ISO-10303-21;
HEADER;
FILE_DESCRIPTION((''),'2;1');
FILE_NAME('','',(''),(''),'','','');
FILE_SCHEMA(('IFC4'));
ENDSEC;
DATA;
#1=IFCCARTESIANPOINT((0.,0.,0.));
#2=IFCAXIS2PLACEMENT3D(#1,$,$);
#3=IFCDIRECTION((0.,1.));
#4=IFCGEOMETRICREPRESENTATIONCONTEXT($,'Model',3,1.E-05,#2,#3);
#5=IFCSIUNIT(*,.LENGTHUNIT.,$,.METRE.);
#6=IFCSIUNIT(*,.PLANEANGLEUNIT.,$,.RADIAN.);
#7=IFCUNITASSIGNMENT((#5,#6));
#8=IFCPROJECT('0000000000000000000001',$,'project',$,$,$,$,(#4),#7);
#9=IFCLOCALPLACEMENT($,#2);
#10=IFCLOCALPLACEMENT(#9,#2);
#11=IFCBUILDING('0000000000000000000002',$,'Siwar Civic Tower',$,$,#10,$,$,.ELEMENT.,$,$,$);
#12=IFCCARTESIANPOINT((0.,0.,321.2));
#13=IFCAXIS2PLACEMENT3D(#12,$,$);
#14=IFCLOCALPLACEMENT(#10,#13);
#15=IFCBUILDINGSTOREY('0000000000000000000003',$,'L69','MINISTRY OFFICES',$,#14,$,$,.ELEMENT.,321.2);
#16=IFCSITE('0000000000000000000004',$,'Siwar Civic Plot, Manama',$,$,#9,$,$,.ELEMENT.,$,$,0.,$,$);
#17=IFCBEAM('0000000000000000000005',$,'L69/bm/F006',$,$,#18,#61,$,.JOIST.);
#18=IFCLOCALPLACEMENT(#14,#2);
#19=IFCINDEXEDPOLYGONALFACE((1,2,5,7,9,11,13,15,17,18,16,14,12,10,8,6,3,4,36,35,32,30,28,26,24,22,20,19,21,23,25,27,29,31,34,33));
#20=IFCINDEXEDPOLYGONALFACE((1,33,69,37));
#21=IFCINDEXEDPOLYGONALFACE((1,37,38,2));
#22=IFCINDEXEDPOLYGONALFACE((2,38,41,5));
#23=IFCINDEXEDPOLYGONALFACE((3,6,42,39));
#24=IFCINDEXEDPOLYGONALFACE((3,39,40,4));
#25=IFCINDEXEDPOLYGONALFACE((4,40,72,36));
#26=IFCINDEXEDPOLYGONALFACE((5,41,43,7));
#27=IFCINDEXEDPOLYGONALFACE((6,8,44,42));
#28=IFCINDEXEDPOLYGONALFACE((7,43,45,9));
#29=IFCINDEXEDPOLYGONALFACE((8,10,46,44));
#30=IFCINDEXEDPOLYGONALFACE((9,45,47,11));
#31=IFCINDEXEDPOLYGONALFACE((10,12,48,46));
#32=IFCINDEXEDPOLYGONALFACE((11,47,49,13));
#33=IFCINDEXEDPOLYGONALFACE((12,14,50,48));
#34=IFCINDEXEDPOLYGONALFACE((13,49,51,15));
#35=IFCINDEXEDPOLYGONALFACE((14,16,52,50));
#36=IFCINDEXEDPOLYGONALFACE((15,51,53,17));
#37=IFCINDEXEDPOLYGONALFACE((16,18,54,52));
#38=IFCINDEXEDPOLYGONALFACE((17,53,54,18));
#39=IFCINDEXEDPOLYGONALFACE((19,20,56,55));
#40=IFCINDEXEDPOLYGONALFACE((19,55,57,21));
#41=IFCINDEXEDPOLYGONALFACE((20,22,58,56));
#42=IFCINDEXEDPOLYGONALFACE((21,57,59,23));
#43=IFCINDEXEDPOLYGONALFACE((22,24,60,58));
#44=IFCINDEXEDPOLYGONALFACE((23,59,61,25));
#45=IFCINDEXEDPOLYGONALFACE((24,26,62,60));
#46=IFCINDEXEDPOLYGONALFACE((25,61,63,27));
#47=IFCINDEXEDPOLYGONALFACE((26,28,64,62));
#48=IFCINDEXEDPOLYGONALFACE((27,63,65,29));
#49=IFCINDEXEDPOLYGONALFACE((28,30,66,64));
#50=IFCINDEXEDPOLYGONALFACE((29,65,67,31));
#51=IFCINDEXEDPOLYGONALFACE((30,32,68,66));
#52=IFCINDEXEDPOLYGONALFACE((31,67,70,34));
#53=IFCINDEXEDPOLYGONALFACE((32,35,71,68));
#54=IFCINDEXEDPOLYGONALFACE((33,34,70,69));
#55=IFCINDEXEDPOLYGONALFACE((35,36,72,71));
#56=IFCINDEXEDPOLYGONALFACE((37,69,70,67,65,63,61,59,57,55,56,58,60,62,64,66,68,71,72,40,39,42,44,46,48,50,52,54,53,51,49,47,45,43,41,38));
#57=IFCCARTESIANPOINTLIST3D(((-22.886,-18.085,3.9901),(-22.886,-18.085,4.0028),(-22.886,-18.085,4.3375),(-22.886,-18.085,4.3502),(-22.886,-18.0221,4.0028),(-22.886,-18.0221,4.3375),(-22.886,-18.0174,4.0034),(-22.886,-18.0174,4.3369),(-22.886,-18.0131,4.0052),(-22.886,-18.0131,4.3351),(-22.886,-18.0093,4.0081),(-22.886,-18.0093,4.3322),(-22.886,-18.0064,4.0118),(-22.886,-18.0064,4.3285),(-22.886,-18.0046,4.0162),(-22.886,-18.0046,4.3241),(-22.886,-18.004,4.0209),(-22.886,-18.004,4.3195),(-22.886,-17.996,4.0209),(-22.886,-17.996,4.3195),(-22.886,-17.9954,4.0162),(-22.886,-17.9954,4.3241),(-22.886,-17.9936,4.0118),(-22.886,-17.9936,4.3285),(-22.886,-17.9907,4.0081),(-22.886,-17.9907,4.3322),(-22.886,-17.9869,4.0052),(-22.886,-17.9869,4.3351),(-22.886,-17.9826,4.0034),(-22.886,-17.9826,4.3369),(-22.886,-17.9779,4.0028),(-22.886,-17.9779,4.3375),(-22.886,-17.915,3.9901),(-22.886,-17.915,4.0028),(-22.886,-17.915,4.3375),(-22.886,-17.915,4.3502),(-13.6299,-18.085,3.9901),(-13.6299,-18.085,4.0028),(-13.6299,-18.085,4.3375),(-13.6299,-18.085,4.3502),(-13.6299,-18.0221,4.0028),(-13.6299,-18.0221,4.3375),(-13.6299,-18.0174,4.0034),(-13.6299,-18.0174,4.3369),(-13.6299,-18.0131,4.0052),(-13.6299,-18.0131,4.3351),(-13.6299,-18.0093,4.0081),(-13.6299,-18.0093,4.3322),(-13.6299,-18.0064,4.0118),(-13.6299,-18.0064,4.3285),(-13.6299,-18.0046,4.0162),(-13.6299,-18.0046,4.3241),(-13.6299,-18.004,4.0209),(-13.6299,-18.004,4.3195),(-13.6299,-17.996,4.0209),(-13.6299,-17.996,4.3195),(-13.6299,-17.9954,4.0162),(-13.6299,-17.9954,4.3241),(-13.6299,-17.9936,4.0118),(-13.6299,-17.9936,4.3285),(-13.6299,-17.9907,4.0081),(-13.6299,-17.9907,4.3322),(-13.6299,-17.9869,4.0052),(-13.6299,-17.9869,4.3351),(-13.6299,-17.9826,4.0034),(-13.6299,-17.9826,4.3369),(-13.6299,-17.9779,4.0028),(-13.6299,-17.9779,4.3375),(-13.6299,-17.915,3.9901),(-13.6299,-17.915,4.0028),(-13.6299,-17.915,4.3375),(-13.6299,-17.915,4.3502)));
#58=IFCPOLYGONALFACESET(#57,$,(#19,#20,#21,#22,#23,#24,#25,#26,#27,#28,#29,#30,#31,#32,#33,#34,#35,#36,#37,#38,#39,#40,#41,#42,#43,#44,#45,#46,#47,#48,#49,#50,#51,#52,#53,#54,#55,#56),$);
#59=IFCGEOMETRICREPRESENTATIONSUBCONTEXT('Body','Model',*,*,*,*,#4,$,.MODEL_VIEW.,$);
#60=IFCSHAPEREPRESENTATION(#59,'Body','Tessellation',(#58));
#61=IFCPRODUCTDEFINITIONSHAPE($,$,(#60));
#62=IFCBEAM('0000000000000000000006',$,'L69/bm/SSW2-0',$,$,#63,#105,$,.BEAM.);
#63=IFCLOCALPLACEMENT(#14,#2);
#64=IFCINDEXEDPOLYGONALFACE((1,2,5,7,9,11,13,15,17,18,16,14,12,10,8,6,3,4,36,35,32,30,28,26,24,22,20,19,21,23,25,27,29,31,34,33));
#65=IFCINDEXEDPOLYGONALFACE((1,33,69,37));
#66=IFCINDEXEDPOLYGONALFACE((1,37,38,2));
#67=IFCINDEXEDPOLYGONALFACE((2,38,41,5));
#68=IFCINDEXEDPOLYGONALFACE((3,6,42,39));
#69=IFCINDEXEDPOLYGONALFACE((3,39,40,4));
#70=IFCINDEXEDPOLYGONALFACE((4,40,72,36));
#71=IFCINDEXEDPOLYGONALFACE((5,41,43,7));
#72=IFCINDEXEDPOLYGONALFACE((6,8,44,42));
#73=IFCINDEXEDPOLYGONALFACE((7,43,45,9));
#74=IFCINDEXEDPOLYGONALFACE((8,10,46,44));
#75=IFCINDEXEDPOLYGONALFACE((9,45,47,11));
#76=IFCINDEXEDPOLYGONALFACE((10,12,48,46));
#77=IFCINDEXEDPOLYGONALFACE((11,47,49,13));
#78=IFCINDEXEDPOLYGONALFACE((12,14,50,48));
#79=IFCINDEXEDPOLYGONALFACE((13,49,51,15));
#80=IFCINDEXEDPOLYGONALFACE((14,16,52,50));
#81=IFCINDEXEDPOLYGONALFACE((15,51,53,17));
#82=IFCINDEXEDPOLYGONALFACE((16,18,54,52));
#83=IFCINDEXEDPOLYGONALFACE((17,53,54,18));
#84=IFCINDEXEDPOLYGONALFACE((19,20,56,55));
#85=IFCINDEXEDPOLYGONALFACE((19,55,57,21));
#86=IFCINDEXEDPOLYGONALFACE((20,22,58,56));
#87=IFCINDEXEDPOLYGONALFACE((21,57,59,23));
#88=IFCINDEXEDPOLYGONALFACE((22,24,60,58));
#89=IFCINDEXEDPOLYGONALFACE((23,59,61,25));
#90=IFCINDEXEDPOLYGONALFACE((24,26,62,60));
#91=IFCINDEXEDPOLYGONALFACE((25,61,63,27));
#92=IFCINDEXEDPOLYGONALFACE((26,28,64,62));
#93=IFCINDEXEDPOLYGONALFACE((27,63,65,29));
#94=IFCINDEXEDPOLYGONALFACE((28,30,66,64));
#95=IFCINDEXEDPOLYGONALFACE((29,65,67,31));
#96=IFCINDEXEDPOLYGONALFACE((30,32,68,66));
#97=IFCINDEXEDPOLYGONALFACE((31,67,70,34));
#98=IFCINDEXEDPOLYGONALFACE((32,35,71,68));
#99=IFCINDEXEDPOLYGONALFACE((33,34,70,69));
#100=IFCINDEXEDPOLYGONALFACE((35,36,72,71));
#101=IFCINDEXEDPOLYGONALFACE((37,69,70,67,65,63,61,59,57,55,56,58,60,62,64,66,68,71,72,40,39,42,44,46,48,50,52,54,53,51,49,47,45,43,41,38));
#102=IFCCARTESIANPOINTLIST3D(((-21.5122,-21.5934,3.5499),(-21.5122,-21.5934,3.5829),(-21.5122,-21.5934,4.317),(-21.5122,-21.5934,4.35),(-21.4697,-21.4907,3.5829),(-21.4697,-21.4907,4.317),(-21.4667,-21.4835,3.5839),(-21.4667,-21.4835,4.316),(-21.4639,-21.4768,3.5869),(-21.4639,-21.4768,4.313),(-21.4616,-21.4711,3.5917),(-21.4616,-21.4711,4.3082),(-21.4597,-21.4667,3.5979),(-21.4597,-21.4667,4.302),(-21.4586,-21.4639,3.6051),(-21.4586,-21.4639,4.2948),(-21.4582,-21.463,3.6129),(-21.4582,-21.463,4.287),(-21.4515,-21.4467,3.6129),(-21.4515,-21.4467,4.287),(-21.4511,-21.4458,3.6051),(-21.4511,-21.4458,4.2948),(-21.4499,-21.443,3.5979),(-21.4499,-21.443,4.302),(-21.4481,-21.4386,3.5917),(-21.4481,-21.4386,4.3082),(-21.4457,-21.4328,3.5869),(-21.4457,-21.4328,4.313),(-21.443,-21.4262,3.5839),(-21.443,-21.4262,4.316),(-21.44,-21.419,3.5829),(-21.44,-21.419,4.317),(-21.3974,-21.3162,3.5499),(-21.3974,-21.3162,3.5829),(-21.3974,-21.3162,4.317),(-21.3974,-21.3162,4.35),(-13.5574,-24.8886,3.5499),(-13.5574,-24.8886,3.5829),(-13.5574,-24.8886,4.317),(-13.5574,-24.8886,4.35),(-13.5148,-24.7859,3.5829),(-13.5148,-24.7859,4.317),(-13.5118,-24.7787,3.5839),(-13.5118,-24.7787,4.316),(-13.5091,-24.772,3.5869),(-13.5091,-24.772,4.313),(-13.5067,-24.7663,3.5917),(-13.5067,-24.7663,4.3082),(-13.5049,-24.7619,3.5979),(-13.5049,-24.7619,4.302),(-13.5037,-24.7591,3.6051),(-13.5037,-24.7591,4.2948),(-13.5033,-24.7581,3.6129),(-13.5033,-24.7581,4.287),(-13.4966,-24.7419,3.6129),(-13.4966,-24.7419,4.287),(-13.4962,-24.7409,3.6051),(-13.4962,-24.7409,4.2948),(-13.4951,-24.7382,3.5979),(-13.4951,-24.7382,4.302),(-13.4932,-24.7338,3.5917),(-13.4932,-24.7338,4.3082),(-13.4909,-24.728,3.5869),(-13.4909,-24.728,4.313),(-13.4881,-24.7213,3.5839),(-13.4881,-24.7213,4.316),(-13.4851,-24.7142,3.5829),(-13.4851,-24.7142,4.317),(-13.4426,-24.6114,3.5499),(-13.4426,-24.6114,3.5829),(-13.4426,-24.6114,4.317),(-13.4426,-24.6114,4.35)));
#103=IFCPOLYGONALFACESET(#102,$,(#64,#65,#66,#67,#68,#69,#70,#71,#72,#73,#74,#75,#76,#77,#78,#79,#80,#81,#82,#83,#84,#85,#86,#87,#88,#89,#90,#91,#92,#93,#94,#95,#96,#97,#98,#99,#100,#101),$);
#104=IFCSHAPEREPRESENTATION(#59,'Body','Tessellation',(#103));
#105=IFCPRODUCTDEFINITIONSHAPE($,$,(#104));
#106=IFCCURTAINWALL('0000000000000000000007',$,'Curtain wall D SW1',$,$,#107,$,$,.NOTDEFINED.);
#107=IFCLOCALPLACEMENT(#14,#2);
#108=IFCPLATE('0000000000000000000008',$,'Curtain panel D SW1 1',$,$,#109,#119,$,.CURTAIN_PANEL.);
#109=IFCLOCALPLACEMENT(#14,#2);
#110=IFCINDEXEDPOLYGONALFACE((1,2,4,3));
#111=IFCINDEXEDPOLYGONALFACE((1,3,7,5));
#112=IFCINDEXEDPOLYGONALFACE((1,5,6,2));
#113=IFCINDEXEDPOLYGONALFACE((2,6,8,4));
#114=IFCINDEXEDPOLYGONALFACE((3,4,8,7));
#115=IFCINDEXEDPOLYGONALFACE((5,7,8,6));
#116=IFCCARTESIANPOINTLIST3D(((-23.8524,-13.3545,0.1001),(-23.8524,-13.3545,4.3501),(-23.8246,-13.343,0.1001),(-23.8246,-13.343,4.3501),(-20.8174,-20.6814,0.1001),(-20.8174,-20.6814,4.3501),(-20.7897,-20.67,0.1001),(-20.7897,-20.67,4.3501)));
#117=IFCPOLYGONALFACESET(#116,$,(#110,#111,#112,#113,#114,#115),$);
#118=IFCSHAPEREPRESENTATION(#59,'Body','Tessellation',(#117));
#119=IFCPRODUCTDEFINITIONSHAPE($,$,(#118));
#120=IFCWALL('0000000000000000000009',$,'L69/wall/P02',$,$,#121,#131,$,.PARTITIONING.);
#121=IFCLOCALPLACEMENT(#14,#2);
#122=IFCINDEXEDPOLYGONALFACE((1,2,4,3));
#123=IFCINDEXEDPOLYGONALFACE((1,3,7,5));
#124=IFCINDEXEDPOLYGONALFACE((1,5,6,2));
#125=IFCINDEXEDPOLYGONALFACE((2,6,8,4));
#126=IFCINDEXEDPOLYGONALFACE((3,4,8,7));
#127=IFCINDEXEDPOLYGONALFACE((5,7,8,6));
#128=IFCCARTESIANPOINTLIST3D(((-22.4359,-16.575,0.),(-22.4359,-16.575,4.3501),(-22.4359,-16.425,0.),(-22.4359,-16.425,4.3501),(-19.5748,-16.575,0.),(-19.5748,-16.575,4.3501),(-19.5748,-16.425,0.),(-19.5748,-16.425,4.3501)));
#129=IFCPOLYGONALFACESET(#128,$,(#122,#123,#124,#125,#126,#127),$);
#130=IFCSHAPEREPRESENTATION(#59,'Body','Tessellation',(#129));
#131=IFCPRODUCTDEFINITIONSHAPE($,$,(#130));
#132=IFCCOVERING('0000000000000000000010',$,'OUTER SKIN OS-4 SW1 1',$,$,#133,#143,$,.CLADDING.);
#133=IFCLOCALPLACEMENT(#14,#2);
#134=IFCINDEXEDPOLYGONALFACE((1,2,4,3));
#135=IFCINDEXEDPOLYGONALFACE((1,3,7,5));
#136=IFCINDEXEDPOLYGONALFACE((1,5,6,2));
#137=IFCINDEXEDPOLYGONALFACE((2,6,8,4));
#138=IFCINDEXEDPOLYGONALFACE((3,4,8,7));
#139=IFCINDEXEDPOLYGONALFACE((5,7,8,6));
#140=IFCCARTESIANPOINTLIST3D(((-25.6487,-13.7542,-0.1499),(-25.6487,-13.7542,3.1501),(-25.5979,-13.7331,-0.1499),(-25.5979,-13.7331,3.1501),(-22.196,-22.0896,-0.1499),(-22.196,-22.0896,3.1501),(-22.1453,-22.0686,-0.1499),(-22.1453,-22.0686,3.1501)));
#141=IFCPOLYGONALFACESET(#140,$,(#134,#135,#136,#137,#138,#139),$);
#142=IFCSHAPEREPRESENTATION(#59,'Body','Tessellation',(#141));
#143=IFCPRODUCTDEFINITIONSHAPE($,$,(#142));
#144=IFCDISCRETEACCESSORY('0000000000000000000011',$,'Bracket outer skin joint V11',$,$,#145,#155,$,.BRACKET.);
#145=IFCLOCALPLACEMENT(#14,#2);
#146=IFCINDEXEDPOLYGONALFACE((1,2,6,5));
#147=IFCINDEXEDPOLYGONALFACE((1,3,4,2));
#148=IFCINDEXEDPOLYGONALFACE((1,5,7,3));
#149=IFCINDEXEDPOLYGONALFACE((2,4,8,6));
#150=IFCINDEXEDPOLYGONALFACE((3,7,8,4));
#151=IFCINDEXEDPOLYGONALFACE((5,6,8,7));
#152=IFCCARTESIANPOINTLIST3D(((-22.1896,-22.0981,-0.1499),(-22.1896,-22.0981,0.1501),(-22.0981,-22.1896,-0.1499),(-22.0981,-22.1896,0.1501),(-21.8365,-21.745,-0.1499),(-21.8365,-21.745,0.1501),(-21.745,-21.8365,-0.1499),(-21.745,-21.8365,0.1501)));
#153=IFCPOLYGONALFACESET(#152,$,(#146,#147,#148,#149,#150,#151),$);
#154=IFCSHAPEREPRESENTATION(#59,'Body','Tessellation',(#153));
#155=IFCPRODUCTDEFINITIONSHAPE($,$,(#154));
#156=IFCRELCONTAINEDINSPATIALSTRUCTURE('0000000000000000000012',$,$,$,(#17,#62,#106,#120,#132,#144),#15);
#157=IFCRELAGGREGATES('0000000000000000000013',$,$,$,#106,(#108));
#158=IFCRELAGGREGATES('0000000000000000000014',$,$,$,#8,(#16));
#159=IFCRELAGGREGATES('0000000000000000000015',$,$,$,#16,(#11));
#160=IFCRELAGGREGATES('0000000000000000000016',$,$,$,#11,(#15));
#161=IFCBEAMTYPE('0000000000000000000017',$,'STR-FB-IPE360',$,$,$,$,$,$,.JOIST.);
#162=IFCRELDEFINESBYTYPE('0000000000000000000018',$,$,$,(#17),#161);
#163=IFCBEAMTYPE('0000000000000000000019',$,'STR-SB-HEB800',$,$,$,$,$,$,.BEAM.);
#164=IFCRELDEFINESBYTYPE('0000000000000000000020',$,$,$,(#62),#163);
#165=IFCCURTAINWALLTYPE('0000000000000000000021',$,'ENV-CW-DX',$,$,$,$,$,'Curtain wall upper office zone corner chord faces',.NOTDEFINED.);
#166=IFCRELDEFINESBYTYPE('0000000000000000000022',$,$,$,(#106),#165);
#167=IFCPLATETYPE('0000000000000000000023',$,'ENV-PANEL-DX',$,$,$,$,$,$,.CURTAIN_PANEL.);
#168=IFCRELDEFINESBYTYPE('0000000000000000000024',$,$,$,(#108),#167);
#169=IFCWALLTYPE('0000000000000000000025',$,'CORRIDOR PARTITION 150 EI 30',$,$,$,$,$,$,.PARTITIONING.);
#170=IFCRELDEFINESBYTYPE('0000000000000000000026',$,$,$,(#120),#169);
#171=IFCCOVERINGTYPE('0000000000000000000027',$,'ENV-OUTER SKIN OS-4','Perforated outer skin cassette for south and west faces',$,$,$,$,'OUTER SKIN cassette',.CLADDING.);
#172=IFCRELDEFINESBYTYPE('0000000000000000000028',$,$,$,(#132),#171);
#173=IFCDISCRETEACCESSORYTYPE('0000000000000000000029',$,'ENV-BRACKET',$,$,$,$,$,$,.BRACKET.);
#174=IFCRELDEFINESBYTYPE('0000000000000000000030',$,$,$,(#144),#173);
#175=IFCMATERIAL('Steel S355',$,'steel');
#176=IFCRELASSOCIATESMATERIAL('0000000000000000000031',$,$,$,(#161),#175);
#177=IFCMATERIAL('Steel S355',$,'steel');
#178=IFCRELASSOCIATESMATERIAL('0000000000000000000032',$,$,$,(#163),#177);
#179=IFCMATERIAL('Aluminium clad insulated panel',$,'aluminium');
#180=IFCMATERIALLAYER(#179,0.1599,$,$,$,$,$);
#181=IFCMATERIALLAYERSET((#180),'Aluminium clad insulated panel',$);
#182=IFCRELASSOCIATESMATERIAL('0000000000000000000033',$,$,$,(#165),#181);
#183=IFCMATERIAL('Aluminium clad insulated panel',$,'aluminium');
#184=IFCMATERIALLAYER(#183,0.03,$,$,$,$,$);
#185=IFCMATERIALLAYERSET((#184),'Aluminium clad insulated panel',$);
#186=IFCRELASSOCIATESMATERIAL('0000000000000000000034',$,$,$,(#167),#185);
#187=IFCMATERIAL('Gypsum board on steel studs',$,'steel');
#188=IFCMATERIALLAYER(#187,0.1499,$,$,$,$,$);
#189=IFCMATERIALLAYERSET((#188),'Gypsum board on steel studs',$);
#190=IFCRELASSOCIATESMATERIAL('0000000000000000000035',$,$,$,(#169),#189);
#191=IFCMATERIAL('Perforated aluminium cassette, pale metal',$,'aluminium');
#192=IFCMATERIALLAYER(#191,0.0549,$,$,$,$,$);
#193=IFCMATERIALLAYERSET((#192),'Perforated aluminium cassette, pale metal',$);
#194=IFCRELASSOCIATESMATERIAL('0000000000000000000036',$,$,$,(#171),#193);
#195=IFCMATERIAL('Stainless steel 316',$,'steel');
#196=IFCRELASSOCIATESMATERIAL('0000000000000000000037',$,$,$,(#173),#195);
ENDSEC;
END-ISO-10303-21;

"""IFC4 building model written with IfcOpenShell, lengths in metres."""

from ifc_helpers import new_model, si_unit, direction, frame, frame_2d, origin, origin_2d, place, context, subcontext, project, spatial, rectangle, i_section, extrude, material, layer, layer_set, material_profile, profile_set, type_object, element, aggregate, save


model = new_model("IFC4")

# Units and contexts
model_context = context("Model", 3, precision=1e-05, world=origin(), true_north=direction((0.0, 1.0)))
body_context = subcontext(model_context, "Body", "Model", "MODEL_VIEW")
ifc_project = project(units=[si_unit("LENGTHUNIT", "METRE"), si_unit("PLANEANGLEUNIT", "RADIAN")], contexts=[model_context])

# Site, building, storey
site_placement = place(None, origin())
site = spatial("IfcSite", under=ifc_project, at=site_placement, Name="Siwar Civic Plot, Manama", CompositionType="ELEMENT", RefElevation=0.0)
building_placement = place(site_placement, origin())
building = spatial("IfcBuilding", under=site, at=building_placement, Name="Siwar Civic Tower", CompositionType="ELEMENT")
storey_placement = place(building_placement, frame((0.0, 0.0, 321.2)))
storey = spatial("IfcBuildingStorey", under=building, at=storey_placement, Name="L69", Description="MINISTRY OFFICES", CompositionType="ELEMENT", Elevation=321.2)

# Beams
ifc_material_1 = material(Name="Steel S355", Category="steel")
ifc_material_profile_1 = material_profile(ifc_material_1, i_section(OverallWidth=0.1699, OverallDepth=0.3601, WebThickness=0.0081, FlangeThickness=0.0127, FilletRadius=0.0181, at=origin_2d()), Name="IPE360")
ifc_profile_set_1 = profile_set([ifc_material_profile_1], Name="Steel S355")
beam_type_1 = type_object("IfcBeamType", Name="STR-FB-IPE360", PredefinedType="JOIST", material=ifc_profile_set_1)
beam_1_placement = place(storey_placement, frame((-22.886, -18.0, 4.1702), z_axis=(1.0, 0.0, 0.0), x_axis=(0.0, 1.0, 0.0)))
element("IfcBeam", 1, at=beam_1_placement, inside=storey, type_object=beam_type_1, Name="L69/bm/F006", PredefinedType="JOIST", context=body_context, shape_type="SweptSolid", body=[
    extrude(i_section(OverallWidth=0.1699, OverallDepth=0.3601, WebThickness=0.0081, FlangeThickness=0.0127, FilletRadius=0.0181, at=origin_2d()), origin(), (0.0, 0.0, 1.0), 9.2561),
])
ifc_material_2 = material(Name="Steel S355", Category="steel")
ifc_material_profile_2 = material_profile(ifc_material_2, i_section(OverallWidth=0.3, OverallDepth=0.8, WebThickness=0.0176, FlangeThickness=0.033, FilletRadius=0.03, at=origin_2d()), Name="HEB800")
ifc_profile_set_2 = profile_set([ifc_material_profile_2], Name="Steel S355")
beam_type_2 = type_object("IfcBeamType", Name="STR-SB-HEB800", PredefinedType="BEAM", material=ifc_profile_set_2)
beam_2_placement = place(storey_placement, frame((-21.4548, -21.4548, 3.95), z_axis=(0.923873, -0.3827, 0.0), x_axis=(0.3827, 0.923873, 0.0)))
element("IfcBeam", 2, at=beam_2_placement, inside=storey, type_object=beam_type_2, Name="L69/bm/SSW2-0", PredefinedType="BEAM", context=body_context, shape_type="SweptSolid", body=[
    extrude(i_section(OverallWidth=0.3, OverallDepth=0.8, WebThickness=0.0176, FlangeThickness=0.033, FilletRadius=0.03, at=origin_2d()), origin(), (0.0, 0.0, 1.0), 8.6104),
])

# Curtain wall, plate
ifc_material_3 = material(Name="Aluminium clad insulated panel", Category="aluminium")
ifc_layer_1 = layer(ifc_material_3, 0.1599)
ifc_layer_set_1 = layer_set([ifc_layer_1], Name="Aluminium clad insulated panel")
curtain_wall_type = type_object("IfcCurtainWallType", Name="ENV-CW-DX", ElementType="Curtain wall upper office zone corner chord faces", PredefinedType="NOTDEFINED", material=ifc_layer_set_1)
curtain_wall_placement = place(storey_placement, origin())
curtain_wall = element("IfcCurtainWall", 3, at=curtain_wall_placement, inside=storey, type_object=curtain_wall_type, Name="Curtain wall D SW1", PredefinedType="NOTDEFINED")
ifc_material_4 = material(Name="Aluminium clad insulated panel", Category="aluminium")
ifc_layer_2 = layer(ifc_material_4, 0.03)
ifc_layer_set_2 = layer_set([ifc_layer_2], Name="Aluminium clad insulated panel")
plate_type = type_object("IfcPlateType", Name="ENV-PANEL-DX", PredefinedType="CURTAIN_PANEL", material=ifc_layer_set_2)
plate_placement = place(storey_placement, frame((-22.321, -17.0122, 0.1001), z_axis=(0.0, 0.0, 1.0), x_axis=(0.382683, -0.92388, 0.0)))
plate = element("IfcPlate", 4, at=plate_placement, type_object=plate_type, Name="Curtain panel D SW1 1", PredefinedType="CURTAIN_PANEL", context=body_context, shape_type="SweptSolid", body=[
    extrude(rectangle(XDim=7.9307, YDim=0.03, at=origin_2d()), origin(), (0.0, 0.0, 1.0), 4.25),
])
aggregate(curtain_wall, [plate])

# Wall
ifc_material_5 = material(Name="Gypsum board on steel studs", Category="steel")
ifc_layer_3 = layer(ifc_material_5, 0.1499)
ifc_layer_set_3 = layer_set([ifc_layer_3], Name="Gypsum board on steel studs")
wall_type = type_object("IfcWallType", Name="CORRIDOR PARTITION 150 EI 30", PredefinedType="PARTITIONING", material=ifc_layer_set_3)
wall_placement = place(storey_placement, frame((-22.436, -16.5, 0.0), z_axis=(0.0, 0.0, 1.0), x_axis=(1.0, 0.0, 0.0)))
element("IfcWall", 5, at=wall_placement, inside=storey, type_object=wall_type, Name="L69/wall/P02", PredefinedType="PARTITIONING", context=body_context, shape_type="SweptSolid", body=[
    extrude(rectangle(XDim=2.8611, YDim=0.1499, at=frame_2d((1.4307, 0.0))), origin(), (0.0, 0.0, 1.0), 4.3501),
])

# Covering
ifc_material_6 = material(Name="Perforated aluminium cassette, pale metal", Category="aluminium")
ifc_layer_4 = layer(ifc_material_6, 0.0549)
ifc_layer_set_4 = layer_set([ifc_layer_4], Name="Perforated aluminium cassette, pale metal")
covering_type = type_object("IfcCoveringType", Name="ENV-OUTER SKIN OS-4", Description="Perforated outer skin cassette for south and west faces", ElementType="OUTER SKIN cassette", PredefinedType="CLADDING", material=ifc_layer_set_4)
covering_placement = place(storey_placement, frame((-23.897, -17.9114, -0.1499), z_axis=(0.0, 0.0, 1.0), x_axis=(0.382683, -0.92388, 0.0)))
element("IfcCovering", 6, at=covering_placement, inside=storey, type_object=covering_type, Name="OUTER SKIN OS-4 SW1 1", PredefinedType="CLADDING", context=body_context, shape_type="SweptSolid", body=[
    extrude(rectangle(XDim=9.0222, YDim=0.0549, at=origin_2d()), origin(), (0.0, 0.0, 1.0), 3.3),
])

# Discrete accessory
ifc_material_7 = material(Name="Stainless steel 316", Category="steel")
discrete_accessory_type = type_object("IfcDiscreteAccessoryType", Name="ENV-BRACKET", PredefinedType="BRACKET", material=ifc_material_7)
discrete_accessory_placement = place(storey_placement, frame((-21.9673, -21.9673, -0.1499), z_axis=(0.0, 0.0, 1.0), x_axis=(-0.707107, -0.707107, 0.0)))
element("IfcDiscreteAccessory", 7, at=discrete_accessory_placement, inside=storey, type_object=discrete_accessory_type, Name="Bracket outer skin joint V11", PredefinedType="BRACKET", context=body_context, shape_type="SweptSolid", body=[
    extrude(rectangle(XDim=0.4993, YDim=0.1294, at=origin_2d()), origin(), (0.0, 0.0, 1.0), 0.3),
])

save(model, "model.ifc")
